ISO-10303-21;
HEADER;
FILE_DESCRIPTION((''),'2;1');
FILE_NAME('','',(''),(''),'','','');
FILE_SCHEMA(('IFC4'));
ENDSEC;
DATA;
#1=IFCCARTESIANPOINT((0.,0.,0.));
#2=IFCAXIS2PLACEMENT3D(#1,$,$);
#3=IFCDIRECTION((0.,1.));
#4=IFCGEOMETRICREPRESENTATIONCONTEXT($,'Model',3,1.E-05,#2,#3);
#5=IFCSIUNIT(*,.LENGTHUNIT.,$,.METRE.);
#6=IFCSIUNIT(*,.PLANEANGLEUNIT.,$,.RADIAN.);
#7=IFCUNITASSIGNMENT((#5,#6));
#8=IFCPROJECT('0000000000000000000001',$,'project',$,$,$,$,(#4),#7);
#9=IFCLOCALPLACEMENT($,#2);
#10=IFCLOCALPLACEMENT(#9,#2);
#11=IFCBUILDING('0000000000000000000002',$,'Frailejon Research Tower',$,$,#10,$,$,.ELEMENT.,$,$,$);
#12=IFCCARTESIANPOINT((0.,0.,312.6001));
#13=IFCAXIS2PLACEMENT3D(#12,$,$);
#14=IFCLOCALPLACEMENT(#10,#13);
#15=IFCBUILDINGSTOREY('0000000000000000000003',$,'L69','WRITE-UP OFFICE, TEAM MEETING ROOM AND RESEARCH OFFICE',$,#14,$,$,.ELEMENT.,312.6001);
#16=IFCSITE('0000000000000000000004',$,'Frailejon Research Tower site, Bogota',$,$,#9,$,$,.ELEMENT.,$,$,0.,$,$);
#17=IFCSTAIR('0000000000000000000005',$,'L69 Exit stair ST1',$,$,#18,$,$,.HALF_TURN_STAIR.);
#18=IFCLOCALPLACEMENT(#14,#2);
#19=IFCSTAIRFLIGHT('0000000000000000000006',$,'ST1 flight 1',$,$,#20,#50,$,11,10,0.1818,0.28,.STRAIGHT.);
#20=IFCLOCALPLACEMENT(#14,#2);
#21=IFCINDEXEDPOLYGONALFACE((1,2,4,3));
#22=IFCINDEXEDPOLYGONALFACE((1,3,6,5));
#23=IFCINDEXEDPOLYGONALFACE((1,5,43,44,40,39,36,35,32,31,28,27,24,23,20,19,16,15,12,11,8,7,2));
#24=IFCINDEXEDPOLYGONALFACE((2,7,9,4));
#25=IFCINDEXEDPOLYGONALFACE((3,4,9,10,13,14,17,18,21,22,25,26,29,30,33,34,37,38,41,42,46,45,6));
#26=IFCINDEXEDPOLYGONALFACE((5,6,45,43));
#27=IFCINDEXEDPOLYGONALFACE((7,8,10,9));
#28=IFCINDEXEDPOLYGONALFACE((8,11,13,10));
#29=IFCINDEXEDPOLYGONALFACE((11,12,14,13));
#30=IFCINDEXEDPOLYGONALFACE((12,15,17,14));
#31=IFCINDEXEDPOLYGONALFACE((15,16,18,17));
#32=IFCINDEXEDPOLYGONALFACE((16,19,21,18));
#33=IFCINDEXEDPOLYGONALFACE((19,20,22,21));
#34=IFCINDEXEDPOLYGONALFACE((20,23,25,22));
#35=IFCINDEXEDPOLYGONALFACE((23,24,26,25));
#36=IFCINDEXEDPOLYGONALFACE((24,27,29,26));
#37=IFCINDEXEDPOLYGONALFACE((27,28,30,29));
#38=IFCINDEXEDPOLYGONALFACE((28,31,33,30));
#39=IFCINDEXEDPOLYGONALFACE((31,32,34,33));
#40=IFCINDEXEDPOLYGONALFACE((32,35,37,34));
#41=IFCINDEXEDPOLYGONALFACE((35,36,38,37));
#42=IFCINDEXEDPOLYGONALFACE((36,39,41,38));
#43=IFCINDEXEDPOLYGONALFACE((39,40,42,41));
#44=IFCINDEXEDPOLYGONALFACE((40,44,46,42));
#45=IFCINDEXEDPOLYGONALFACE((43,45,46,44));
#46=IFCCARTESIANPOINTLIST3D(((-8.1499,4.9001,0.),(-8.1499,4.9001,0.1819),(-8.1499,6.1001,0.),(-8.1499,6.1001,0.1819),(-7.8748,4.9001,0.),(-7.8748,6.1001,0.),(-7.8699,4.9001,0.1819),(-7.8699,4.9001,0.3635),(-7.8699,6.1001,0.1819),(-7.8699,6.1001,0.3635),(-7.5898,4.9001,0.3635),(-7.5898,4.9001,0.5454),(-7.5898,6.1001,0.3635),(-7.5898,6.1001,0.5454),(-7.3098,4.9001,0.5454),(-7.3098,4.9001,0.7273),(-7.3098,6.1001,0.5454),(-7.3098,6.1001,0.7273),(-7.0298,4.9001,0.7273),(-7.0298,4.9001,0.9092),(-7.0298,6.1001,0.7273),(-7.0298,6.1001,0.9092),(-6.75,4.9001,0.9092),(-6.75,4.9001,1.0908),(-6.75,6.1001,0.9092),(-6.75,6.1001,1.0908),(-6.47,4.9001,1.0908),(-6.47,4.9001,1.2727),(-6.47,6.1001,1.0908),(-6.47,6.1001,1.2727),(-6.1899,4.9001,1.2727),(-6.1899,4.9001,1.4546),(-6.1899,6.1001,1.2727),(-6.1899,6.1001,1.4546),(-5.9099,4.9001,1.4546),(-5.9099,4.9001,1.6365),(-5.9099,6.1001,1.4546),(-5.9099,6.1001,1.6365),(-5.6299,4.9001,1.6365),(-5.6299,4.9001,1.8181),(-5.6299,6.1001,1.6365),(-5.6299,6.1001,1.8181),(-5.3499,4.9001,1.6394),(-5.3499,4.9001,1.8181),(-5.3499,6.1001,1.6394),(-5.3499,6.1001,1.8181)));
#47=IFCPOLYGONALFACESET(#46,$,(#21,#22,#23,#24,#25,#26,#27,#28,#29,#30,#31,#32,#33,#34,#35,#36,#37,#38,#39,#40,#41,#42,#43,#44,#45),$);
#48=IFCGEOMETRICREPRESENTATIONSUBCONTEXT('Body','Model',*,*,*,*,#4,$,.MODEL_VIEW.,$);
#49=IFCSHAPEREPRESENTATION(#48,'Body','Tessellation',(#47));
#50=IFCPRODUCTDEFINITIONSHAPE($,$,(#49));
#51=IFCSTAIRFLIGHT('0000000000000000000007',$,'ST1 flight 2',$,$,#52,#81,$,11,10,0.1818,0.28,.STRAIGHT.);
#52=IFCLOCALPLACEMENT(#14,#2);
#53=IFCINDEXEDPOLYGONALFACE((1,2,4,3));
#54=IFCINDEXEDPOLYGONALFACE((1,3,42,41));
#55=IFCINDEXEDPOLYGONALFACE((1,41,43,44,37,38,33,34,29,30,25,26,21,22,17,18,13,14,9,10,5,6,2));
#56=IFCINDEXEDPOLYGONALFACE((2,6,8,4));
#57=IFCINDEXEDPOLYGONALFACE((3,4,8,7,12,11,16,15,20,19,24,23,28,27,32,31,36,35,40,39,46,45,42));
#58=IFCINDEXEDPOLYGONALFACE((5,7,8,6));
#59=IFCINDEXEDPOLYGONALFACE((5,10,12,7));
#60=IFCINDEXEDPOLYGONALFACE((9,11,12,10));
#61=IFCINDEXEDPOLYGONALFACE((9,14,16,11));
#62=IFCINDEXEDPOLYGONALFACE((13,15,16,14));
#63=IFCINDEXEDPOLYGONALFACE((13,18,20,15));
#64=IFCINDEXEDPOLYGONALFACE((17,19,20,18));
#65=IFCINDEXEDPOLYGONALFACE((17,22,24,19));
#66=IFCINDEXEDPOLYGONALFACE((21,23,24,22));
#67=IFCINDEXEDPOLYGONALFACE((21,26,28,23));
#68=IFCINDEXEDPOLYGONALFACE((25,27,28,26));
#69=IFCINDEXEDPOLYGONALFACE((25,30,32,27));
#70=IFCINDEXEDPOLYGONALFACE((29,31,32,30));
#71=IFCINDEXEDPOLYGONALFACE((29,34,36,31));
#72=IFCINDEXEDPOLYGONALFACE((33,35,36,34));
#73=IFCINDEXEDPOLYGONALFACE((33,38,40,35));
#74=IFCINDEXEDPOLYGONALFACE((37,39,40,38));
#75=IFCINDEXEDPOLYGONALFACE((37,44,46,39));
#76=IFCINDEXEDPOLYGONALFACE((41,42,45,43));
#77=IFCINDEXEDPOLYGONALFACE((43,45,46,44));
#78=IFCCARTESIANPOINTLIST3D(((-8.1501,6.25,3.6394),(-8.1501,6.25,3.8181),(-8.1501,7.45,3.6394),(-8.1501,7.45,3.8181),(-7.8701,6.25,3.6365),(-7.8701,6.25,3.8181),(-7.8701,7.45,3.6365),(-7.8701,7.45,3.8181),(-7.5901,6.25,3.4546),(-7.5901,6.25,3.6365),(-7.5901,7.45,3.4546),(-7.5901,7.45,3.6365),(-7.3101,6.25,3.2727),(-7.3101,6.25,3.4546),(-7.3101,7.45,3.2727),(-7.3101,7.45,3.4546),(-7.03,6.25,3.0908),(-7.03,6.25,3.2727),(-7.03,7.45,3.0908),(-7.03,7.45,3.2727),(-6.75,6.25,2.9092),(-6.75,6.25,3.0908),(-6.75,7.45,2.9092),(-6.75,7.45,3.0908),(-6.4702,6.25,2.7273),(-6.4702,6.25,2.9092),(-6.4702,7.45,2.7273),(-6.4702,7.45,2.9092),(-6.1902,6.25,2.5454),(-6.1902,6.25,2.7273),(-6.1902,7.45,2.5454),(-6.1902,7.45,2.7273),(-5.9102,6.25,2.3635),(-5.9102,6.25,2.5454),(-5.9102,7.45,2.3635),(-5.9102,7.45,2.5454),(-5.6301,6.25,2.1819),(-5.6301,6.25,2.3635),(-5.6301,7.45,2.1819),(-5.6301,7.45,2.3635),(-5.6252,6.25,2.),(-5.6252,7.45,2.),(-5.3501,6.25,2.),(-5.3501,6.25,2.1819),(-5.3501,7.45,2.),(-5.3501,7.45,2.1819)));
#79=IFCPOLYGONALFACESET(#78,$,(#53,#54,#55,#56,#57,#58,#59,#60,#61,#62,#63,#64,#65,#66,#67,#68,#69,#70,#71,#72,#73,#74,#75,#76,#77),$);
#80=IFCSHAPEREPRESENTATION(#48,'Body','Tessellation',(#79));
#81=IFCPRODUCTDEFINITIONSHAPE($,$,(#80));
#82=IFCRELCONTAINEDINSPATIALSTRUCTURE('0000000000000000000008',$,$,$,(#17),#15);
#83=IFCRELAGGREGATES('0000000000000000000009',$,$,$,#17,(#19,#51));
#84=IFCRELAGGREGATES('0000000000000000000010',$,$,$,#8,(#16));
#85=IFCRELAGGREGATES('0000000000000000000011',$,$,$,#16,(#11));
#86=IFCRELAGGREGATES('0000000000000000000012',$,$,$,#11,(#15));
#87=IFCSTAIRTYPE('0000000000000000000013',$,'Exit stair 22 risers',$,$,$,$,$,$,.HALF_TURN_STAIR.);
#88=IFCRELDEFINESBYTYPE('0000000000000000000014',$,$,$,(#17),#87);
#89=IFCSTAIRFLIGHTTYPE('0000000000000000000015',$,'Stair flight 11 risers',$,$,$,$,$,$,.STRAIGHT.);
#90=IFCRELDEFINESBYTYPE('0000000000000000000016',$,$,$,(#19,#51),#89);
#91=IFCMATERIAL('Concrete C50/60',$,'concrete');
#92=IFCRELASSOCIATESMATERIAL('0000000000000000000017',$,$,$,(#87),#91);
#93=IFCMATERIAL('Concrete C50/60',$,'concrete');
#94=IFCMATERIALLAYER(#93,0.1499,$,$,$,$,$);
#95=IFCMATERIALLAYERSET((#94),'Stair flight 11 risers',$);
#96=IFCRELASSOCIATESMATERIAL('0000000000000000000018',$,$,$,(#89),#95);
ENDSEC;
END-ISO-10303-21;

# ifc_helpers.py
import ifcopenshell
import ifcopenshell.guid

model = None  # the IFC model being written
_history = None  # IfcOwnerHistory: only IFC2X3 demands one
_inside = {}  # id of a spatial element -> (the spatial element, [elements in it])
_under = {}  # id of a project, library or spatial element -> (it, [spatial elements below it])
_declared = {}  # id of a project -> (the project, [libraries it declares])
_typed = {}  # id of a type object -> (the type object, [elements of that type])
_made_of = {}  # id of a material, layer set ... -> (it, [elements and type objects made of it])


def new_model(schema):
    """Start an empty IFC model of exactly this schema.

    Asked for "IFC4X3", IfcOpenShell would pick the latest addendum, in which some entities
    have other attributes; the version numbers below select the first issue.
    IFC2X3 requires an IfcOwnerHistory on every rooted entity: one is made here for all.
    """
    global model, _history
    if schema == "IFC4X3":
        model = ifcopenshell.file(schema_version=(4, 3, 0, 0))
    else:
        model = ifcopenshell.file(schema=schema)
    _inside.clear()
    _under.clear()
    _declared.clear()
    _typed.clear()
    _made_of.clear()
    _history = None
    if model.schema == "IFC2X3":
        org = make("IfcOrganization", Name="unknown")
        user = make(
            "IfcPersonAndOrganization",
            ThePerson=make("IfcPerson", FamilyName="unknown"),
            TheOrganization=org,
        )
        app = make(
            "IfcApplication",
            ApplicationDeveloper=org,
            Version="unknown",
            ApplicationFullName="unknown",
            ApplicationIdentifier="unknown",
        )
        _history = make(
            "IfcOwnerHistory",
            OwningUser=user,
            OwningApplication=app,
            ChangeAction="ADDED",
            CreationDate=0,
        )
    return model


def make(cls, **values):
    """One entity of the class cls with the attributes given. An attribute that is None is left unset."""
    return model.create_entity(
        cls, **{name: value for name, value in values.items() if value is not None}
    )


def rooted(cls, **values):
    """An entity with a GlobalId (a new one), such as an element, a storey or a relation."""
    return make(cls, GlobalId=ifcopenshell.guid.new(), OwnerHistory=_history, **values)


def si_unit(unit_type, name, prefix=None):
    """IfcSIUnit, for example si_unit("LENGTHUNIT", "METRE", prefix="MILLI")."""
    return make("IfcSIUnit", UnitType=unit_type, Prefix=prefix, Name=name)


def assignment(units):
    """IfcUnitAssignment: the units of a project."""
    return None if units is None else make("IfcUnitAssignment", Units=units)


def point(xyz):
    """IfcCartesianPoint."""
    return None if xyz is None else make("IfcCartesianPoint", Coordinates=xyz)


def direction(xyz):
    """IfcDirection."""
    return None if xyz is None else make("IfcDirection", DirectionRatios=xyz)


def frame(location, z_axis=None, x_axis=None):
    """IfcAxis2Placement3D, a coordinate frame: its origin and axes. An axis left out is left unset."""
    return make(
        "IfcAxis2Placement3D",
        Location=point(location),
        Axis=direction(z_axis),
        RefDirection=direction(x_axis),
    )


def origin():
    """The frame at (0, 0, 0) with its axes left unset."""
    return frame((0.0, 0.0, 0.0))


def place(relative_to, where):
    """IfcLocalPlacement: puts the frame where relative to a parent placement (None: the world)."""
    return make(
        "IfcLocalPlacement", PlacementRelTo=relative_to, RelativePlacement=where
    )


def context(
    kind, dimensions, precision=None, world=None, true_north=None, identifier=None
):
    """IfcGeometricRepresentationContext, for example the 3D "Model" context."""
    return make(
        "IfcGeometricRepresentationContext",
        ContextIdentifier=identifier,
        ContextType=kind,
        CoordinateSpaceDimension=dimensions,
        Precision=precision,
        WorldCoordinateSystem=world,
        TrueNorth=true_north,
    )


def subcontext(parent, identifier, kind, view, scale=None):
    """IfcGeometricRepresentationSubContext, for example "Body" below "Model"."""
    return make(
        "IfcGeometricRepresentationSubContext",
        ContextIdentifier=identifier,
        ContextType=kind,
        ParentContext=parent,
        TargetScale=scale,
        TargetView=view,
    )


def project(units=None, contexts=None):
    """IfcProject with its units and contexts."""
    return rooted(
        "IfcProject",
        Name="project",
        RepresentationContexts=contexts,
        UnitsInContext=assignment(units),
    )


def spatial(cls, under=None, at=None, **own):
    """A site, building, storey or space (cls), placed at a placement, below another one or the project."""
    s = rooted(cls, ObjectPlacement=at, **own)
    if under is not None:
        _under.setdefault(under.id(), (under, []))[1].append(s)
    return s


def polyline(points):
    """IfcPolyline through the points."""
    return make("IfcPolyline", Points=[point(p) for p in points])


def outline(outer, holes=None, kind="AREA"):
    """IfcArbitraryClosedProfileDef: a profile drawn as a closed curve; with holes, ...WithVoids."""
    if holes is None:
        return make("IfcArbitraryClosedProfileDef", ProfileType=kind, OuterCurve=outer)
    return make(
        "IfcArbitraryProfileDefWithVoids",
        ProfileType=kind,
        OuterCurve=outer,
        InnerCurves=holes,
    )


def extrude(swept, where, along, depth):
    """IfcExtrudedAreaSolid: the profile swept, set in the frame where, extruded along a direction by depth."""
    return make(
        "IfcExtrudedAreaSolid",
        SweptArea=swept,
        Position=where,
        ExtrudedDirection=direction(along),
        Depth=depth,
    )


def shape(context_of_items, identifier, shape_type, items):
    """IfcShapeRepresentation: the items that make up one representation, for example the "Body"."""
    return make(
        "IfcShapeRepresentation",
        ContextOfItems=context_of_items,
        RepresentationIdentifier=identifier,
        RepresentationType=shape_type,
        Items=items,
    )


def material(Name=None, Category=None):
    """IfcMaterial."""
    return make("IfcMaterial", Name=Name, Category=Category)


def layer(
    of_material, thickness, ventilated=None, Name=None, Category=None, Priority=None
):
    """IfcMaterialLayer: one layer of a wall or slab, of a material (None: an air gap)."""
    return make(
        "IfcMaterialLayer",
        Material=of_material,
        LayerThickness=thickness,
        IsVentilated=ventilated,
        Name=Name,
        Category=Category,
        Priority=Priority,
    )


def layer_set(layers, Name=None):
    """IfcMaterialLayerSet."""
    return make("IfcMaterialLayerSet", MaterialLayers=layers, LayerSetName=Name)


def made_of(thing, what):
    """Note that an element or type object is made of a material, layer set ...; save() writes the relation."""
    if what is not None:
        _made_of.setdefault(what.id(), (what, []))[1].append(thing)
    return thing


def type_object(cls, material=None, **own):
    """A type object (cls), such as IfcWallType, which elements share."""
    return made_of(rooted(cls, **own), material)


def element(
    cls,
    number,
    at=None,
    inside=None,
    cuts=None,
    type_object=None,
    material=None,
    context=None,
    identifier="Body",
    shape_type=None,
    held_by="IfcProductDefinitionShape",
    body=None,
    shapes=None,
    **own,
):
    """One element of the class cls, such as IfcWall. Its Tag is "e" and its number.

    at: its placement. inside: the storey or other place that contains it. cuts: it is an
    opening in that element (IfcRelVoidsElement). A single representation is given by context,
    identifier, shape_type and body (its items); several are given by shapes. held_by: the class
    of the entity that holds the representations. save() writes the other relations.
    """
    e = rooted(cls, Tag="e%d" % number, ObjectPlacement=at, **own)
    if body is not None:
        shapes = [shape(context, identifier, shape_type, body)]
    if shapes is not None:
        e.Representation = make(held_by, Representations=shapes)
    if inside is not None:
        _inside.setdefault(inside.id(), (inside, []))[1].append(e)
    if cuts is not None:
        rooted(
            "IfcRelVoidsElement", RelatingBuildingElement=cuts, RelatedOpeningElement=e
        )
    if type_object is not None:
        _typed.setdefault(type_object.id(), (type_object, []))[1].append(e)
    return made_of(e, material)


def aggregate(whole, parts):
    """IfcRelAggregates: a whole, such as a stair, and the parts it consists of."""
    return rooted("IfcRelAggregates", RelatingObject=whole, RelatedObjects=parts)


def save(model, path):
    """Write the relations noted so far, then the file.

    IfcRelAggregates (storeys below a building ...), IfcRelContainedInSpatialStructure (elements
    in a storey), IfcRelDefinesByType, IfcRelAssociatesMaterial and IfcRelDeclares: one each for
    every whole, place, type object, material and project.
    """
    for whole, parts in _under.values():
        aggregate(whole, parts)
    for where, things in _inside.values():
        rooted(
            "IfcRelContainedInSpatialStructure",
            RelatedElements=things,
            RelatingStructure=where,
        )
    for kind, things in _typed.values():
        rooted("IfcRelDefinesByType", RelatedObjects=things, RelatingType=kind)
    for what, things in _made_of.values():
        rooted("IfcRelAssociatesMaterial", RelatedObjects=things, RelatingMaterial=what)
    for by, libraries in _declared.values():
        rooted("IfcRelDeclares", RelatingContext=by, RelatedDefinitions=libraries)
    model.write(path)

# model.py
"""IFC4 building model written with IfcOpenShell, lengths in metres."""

from ifc_helpers import new_model, si_unit, direction, frame, origin, place, context, subcontext, project, spatial, polyline, outline, extrude, material, layer, layer_set, type_object, element, aggregate, save


model = new_model("IFC4")

# Units and contexts
model_context = context("Model", 3, precision=1e-05, world=origin(), true_north=direction((0.0, 1.0)))
body_context = subcontext(model_context, "Body", "Model", "MODEL_VIEW")
ifc_project = project(units=[si_unit("LENGTHUNIT", "METRE"), si_unit("PLANEANGLEUNIT", "RADIAN")], contexts=[model_context])

# Site, building, storey
site_placement = place(None, origin())
site = spatial("IfcSite", under=ifc_project, at=site_placement, Name="Frailejon Research Tower site, Bogota", CompositionType="ELEMENT", RefElevation=0.0)
building_placement = place(site_placement, origin())
building = spatial("IfcBuilding", under=site, at=building_placement, Name="Frailejon Research Tower", CompositionType="ELEMENT")
storey_placement = place(building_placement, frame((0.0, 0.0, 312.6001)))
storey = spatial("IfcBuildingStorey", under=building, at=storey_placement, Name="L69", Description="WRITE-UP OFFICE, TEAM MEETING ROOM AND RESEARCH OFFICE", CompositionType="ELEMENT", Elevation=312.6001)

# Stair, stair flights
ifc_material_1 = material(Name="Concrete C50/60", Category="concrete")
stair_type = type_object("IfcStairType", Name="Exit stair 22 risers", PredefinedType="HALF_TURN_STAIR", material=ifc_material_1)
stair_placement = place(storey_placement, origin())
stair = element("IfcStair", 1, at=stair_placement, inside=storey, type_object=stair_type, Name="L69 Exit stair ST1", PredefinedType="HALF_TURN_STAIR")
ifc_material_2 = material(Name="Concrete C50/60", Category="concrete")
ifc_layer_1 = layer(ifc_material_2, 0.1499)
ifc_layer_set_1 = layer_set([ifc_layer_1], Name="Stair flight 11 risers")
stair_flight_type = type_object("IfcStairFlightType", Name="Stair flight 11 risers", PredefinedType="STRAIGHT", material=ifc_layer_set_1)
stair_flight_1_placement = place(storey_placement, frame((-8.1499, 5.5, 0.0), z_axis=(0.0, 0.0, 1.0), x_axis=(1.0, 0.0, 0.0)))
stair_flight_1 = element("IfcStairFlight", 2, at=stair_flight_1_placement, type_object=stair_flight_type, Name="ST1 flight 1", NumberOfRisers=11, NumberOfTreads=10, PredefinedType="STRAIGHT", RiserHeight=0.1818, TreadLength=0.28, context=body_context, shape_type="SweptSolid", body=[
    extrude(outline(polyline([(0.0, 0.0), (0.0, 0.1819), (0.28, 0.1819), (0.28, 0.3635), (0.5601, 0.3635), (0.5601, 0.5454), (0.8401, 0.5454), (0.8401, 0.7273), (1.1201, 0.7273), (1.1201, 0.9092), (1.3999, 0.9092), (1.3999, 1.0908), (1.6799, 1.0908), (1.6799, 1.2727), (1.96, 1.2727), (1.96, 1.4546), (2.24, 1.4546), (2.24, 1.6365), (2.52, 1.6365), (2.52, 1.8181), (2.8, 1.8181), (2.8, 2.0), (2.8, 1.6394), (0.2751, 0.0), (0.0, 0.0)])), frame((0.0, 0.6001, 0.0), z_axis=(0.0, -1.0, 0.0), x_axis=(1.0, 0.0, 0.0)), (0.0, 0.0, 1.0), 1.2),
])
stair_flight_2_placement = place(storey_placement, frame((-5.3501, 6.8501, 2.0), z_axis=(0.0, 0.0, 1.0), x_axis=(-1.0, 0.0, 0.0)))
stair_flight_2 = element("IfcStairFlight", 3, at=stair_flight_2_placement, type_object=stair_flight_type, Name="ST1 flight 2", NumberOfRisers=11, NumberOfTreads=10, PredefinedType="STRAIGHT", RiserHeight=0.1818, TreadLength=0.28, context=body_context, shape_type="SweptSolid", body=[
    extrude(outline(polyline([(0.0, 0.0), (0.0, 0.1819), (0.28, 0.1819), (0.28, 0.3635), (0.5601, 0.3635), (0.5601, 0.5454), (0.8401, 0.5454), (0.8401, 0.7273), (1.1201, 0.7273), (1.1201, 0.9092), (1.3999, 0.9092), (1.3999, 1.0908), (1.6799, 1.0908), (1.6799, 1.2727), (1.96, 1.2727), (1.96, 1.4546), (2.24, 1.4546), (2.24, 1.6365), (2.52, 1.6365), (2.52, 1.8181), (2.8, 1.8181), (2.8, 2.0), (2.8, 1.6394), (0.2751, 0.0), (0.0, 0.0)])), frame((0.0, 0.6001, 0.0), z_axis=(0.0, -1.0, 0.0), x_axis=(1.0, 0.0, 0.0)), (0.0, 0.0, 1.0), 1.2),
])
aggregate(stair, [stair_flight_1, stair_flight_2])

save(model, "model.ifc")
